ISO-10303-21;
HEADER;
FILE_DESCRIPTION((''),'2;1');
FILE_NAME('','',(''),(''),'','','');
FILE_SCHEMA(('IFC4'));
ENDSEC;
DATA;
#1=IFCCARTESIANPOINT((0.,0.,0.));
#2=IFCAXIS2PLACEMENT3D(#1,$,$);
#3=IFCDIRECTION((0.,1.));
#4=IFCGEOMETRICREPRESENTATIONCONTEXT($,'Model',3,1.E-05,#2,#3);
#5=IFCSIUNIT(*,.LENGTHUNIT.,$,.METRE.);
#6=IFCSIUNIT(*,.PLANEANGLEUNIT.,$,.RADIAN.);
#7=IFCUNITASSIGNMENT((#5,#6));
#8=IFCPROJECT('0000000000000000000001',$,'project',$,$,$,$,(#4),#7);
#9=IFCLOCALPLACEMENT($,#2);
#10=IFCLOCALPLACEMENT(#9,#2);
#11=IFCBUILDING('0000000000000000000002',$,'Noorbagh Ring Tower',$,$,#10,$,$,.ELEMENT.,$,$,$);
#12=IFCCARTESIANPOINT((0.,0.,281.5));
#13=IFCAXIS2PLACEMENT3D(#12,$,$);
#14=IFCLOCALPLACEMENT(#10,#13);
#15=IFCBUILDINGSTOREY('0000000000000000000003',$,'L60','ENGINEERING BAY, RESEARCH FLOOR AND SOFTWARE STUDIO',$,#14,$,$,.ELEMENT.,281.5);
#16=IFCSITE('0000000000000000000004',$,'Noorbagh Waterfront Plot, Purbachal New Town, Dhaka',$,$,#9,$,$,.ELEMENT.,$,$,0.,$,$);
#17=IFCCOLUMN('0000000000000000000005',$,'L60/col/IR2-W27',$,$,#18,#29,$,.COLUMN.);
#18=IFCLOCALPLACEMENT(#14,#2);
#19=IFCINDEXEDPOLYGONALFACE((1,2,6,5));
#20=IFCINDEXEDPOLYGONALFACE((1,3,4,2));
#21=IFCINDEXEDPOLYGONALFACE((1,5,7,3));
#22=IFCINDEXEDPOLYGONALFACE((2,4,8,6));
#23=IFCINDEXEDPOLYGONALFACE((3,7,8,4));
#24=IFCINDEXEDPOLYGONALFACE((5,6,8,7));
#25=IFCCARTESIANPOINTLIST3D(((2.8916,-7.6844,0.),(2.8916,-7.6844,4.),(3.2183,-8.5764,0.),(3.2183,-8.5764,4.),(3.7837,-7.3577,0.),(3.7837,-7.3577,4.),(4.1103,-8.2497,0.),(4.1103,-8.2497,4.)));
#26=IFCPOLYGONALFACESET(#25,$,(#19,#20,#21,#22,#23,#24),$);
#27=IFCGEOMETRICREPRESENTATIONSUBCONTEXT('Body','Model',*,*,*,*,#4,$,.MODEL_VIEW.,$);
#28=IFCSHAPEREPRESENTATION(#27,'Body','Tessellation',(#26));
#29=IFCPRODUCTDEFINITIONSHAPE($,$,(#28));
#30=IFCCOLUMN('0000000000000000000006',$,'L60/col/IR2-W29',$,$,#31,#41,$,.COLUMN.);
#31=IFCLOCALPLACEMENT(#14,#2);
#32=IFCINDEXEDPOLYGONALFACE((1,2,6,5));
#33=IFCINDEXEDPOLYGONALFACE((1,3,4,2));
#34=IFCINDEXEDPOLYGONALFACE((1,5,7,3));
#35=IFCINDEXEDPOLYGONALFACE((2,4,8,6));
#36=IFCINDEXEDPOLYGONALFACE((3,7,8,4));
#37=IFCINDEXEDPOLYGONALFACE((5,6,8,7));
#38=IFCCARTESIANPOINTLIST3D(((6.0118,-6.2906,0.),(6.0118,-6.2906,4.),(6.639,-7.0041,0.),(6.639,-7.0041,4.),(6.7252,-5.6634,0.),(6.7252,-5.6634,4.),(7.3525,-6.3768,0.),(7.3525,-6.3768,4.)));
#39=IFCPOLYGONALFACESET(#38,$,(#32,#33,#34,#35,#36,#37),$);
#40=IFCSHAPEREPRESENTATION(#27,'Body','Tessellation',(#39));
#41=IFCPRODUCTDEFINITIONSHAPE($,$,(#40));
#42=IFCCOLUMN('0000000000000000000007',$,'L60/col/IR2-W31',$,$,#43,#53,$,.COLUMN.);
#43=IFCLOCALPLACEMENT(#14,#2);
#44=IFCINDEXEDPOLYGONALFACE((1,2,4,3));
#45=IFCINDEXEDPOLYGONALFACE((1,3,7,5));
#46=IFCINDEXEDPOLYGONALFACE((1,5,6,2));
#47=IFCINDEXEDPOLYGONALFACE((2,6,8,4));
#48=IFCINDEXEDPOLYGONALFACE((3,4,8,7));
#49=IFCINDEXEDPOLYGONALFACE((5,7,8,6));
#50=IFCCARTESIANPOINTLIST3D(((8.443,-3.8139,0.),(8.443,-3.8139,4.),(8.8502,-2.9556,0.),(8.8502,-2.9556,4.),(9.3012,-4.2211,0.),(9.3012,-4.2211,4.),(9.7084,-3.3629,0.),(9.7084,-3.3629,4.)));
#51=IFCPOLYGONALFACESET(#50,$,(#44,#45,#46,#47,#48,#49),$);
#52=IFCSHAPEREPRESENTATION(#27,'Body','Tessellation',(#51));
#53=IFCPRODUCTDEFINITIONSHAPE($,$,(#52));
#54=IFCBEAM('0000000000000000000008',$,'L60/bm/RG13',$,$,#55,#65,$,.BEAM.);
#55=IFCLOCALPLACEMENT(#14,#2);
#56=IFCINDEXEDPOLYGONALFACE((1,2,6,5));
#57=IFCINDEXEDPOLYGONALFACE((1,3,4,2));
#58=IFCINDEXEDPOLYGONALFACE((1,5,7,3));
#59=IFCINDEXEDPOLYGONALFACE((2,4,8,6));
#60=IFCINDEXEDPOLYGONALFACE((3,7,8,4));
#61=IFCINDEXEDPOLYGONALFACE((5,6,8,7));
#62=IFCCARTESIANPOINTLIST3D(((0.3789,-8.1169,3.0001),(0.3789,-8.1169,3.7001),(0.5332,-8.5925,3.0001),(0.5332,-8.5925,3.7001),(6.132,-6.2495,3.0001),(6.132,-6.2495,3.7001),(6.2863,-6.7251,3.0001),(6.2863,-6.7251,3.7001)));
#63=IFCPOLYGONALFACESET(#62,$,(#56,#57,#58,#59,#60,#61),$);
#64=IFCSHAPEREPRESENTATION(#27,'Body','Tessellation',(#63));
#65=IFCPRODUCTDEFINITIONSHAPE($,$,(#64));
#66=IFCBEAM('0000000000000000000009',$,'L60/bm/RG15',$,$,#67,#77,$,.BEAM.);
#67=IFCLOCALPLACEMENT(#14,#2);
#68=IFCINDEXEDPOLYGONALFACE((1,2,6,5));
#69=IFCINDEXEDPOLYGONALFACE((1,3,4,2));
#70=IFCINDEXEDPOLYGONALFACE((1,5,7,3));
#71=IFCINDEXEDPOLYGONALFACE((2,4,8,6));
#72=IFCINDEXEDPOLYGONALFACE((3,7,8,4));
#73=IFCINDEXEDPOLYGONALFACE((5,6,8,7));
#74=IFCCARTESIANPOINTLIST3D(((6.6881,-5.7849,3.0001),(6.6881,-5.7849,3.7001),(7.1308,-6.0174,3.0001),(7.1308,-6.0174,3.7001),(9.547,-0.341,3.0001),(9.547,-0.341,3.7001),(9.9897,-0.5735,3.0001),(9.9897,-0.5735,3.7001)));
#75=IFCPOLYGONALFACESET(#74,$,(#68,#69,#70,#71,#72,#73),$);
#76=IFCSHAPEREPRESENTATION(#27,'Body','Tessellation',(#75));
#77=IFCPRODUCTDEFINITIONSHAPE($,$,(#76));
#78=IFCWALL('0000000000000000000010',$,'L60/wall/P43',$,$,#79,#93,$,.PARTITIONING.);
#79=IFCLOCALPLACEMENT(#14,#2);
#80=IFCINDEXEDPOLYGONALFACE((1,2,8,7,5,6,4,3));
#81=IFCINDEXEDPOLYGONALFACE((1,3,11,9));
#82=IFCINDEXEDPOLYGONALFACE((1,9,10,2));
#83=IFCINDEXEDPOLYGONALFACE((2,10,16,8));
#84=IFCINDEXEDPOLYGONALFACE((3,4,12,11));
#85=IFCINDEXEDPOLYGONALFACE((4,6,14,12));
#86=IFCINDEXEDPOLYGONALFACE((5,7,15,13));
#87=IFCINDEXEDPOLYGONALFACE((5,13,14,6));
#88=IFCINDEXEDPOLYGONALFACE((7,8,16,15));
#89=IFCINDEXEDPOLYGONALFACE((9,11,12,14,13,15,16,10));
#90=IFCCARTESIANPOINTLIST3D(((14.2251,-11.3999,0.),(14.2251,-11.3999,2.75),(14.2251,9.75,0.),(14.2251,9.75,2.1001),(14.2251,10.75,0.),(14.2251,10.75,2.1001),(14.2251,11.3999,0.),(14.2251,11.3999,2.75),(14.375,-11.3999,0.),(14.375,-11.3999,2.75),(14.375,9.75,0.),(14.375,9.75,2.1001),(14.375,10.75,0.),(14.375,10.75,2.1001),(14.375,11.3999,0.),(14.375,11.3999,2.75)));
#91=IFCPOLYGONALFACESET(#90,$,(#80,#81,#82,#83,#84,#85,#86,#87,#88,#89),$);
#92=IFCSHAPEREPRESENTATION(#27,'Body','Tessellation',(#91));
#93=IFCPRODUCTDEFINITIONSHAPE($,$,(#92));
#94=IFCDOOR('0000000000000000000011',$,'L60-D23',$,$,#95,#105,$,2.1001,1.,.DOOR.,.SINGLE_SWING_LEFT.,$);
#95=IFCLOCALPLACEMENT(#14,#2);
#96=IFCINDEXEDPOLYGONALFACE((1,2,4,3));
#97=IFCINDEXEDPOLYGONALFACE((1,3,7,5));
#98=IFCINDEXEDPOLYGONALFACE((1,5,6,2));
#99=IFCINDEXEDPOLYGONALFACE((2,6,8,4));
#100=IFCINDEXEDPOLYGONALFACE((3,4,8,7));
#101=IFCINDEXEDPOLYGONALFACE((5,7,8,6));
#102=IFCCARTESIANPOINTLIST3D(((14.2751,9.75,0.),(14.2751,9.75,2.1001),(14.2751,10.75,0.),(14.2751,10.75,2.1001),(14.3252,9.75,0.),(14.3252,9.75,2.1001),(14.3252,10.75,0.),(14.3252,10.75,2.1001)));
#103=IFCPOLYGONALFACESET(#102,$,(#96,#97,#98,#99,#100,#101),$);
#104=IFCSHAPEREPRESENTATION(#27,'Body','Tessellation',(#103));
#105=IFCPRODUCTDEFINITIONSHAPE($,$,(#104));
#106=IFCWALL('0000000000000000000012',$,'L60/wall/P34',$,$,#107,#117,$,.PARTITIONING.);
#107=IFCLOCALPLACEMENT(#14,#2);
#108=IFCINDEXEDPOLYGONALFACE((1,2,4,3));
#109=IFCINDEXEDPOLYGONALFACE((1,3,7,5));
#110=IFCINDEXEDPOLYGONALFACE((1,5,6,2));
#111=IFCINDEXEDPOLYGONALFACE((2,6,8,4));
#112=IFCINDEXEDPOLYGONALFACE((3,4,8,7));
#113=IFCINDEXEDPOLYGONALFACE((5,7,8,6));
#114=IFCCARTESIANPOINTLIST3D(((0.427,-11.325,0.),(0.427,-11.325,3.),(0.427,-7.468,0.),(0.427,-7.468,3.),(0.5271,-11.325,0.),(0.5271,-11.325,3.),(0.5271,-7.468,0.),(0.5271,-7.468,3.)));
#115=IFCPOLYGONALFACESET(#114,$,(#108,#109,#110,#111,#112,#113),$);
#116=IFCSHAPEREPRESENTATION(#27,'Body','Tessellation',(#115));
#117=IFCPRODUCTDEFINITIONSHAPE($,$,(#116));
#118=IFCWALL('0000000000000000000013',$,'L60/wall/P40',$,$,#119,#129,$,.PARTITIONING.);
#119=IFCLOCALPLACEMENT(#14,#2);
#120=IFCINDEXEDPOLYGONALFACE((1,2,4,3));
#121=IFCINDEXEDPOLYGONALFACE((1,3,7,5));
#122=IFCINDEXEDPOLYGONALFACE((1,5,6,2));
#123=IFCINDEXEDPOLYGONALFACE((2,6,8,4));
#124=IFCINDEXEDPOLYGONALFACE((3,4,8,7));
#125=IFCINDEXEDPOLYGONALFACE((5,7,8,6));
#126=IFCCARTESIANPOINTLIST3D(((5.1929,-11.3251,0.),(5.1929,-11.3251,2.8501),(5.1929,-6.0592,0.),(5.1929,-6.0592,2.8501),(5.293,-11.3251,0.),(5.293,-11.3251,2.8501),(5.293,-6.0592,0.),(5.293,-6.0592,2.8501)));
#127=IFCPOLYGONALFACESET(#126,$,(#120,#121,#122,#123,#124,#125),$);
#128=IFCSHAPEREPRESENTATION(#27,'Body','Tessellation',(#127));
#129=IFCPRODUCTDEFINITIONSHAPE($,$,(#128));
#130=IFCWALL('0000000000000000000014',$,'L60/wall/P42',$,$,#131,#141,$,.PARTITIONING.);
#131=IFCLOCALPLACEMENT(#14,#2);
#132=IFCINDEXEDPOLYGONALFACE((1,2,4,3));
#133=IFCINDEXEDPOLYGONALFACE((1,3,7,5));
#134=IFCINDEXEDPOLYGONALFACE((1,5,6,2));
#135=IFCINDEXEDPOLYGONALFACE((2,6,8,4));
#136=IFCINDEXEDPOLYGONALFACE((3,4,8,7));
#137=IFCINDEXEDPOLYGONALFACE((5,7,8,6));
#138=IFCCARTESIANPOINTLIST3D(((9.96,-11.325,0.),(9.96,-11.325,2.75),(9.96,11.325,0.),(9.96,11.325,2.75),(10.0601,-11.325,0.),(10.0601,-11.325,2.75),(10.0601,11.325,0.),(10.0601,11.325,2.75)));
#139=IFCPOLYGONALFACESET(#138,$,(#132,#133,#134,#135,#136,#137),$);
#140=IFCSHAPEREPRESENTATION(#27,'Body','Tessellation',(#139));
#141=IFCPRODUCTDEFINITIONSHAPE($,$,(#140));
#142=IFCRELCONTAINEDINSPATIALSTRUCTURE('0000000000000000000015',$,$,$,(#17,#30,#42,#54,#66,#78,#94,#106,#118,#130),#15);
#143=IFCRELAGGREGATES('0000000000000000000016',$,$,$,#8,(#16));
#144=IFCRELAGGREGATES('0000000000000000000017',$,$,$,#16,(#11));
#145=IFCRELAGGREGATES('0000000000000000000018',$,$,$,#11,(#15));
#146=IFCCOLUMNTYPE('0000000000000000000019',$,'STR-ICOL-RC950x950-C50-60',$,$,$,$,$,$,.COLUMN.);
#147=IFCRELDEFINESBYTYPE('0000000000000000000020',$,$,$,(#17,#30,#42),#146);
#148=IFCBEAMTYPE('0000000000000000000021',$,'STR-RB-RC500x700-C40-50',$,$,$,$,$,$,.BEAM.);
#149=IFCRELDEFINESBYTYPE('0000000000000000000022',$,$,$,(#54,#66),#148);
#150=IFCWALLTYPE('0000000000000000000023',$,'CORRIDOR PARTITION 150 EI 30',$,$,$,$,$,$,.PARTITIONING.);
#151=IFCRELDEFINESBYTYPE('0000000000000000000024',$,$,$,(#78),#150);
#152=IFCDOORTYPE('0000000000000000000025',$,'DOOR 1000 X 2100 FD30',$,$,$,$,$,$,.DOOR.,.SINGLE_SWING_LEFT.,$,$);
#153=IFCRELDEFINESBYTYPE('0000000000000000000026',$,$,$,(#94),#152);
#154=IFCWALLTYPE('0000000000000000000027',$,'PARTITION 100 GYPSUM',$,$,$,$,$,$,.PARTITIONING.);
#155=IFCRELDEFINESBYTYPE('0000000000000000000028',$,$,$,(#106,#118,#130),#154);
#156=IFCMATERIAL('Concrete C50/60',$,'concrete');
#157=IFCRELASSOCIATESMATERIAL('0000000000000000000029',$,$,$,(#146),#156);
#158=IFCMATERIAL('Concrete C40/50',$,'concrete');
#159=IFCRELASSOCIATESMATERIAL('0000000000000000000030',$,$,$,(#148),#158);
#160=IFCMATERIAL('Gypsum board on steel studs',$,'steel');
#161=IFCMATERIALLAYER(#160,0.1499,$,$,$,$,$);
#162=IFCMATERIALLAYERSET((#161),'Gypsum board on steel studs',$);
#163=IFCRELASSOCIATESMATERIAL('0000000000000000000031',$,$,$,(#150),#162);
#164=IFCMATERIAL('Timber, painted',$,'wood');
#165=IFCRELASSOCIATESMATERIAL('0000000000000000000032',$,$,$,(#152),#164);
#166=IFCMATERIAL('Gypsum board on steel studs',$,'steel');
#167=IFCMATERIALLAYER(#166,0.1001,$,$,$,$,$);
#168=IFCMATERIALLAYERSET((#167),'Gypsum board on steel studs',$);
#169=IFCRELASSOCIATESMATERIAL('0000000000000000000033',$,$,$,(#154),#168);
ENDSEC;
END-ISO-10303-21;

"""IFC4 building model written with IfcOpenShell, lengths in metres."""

from ifc_helpers import new_model, si_unit, direction, frame, frame_2d, origin, origin_2d, place, context, subcontext, project, spatial, rectangle, extrude, material, layer, layer_set, material_profile, profile_set, type_object, element, fill, save


model = new_model("IFC4")

# Units and contexts
model_context = context("Model", 3, precision=1e-05, world=origin(), true_north=direction((0.0, 1.0)))
body_context = subcontext(model_context, "Body", "Model", "MODEL_VIEW")
ifc_project = project(units=[si_unit("LENGTHUNIT", "METRE"), si_unit("PLANEANGLEUNIT", "RADIAN")], contexts=[model_context])

# Site, building, storey
site_placement = place(None, origin())
site = spatial("IfcSite", under=ifc_project, at=site_placement, Name="Noorbagh Waterfront Plot, Purbachal New Town, Dhaka", CompositionType="ELEMENT", RefElevation=0.0)
building_placement = place(site_placement, origin())
building = spatial("IfcBuilding", under=site, at=building_placement, Name="Noorbagh Ring Tower", CompositionType="ELEMENT")
storey_placement = place(building_placement, frame((0.0, 0.0, 281.5)))
storey = spatial("IfcBuildingStorey", under=building, at=storey_placement, Name="L60", Description="ENGINEERING BAY, RESEARCH FLOOR AND SOFTWARE STUDIO", CompositionType="ELEMENT", Elevation=281.5)

# Columns
ifc_material_1 = material(Name="Concrete C50/60", Category="concrete")
ifc_material_profile_1 = material_profile(ifc_material_1, rectangle(XDim=0.95, YDim=0.95, at=origin_2d()), Name="RC950x950")
ifc_profile_set_1 = profile_set([ifc_material_profile_1], Name="Concrete C50/60")
column_type = type_object("IfcColumnType", Name="STR-ICOL-RC950x950-C50-60", PredefinedType="COLUMN", material=ifc_profile_set_1)
for number, where, z_axis, x_axis, name in (
    (1, (3.501, -7.967, 0.0), (0.0, 0.0, 1.0), (0.93902, 0.343864, 0.0), "L60/col/IR2-W27"),
    (2, (6.6821, -6.3337, 0.0), (0.0, 0.0, 1.0), (0.751022, 0.660277, 0.0), "L60/col/IR2-W29"),
    (3, (9.0757, -3.5884, 0.0), (0.0, 0.0, 1.0), (0.428667, 0.903463, 0.0), "L60/col/IR2-W31"),
):
    element("IfcColumn", number, at=place(storey_placement, frame(where, z_axis=z_axis, x_axis=x_axis)), inside=storey, type_object=column_type, Name=name, PredefinedType="COLUMN", context=body_context, shape_type="SweptSolid", body=[
        extrude(rectangle(XDim=0.95, YDim=0.95, at=origin_2d()), origin(), (0.0, 0.0, 1.0), 4.0),
    ])

# Beams
ifc_material_2 = material(Name="Concrete C40/50", Category="concrete")
ifc_material_profile_2 = material_profile(ifc_material_2, rectangle(XDim=0.5, YDim=0.7, at=origin_2d()), Name="RC500x700")
ifc_profile_set_2 = profile_set([ifc_material_profile_2], Name="Concrete C40/50")
beam_type = type_object("IfcBeamType", Name="STR-RB-RC500x700-C40-50", PredefinedType="BEAM", material=ifc_profile_set_2)
beam_1_placement = place(storey_placement, frame((0.4561, -8.3547, 3.3501), z_axis=(0.951148, 0.308735, 0.0), x_axis=(-0.308735, 0.951148, 0.0)))
element("IfcBeam", 4, at=beam_1_placement, inside=storey, type_object=beam_type, Name="L60/bm/RG13", PredefinedType="BEAM", context=body_context, shape_type="SweptSolid", body=[
    extrude(rectangle(XDim=0.5, YDim=0.7, at=origin_2d()), origin(), (0.0, 0.0, 1.0), 6.0486),
])
beam_2_placement = place(storey_placement, frame((6.9094, -5.9011, 3.3501), z_axis=(0.464944, 0.88534, 0.0), x_axis=(-0.88534, 0.464944, 0.0)))
element("IfcBeam", 5, at=beam_2_placement, inside=storey, type_object=beam_type, Name="L60/bm/RG15", PredefinedType="BEAM", context=body_context, shape_type="SweptSolid", body=[
    extrude(rectangle(XDim=0.5, YDim=0.7, at=origin_2d()), origin(), (0.0, 0.0, 1.0), 6.1489),
])

# Wall, opening, door
ifc_material_3 = material(Name="Gypsum board on steel studs", Category="steel")
ifc_layer_1 = layer(ifc_material_3, 0.1499)
ifc_layer_set_1 = layer_set([ifc_layer_1], Name="Gypsum board on steel studs")
wall_type_1 = type_object("IfcWallType", Name="CORRIDOR PARTITION 150 EI 30", PredefinedType="PARTITIONING", material=ifc_layer_set_1)
wall_1_placement = place(storey_placement, frame((14.3, -11.3999, 0.0), z_axis=(0.0, 0.0, 1.0), x_axis=(0.0, 1.0, 0.0)))
wall_1 = element("IfcWall", 6, at=wall_1_placement, inside=storey, type_object=wall_type_1, Name="L60/wall/P43", PredefinedType="PARTITIONING", context=body_context, shape_type="SweptSolid", body=[
    extrude(rectangle(XDim=22.7998, YDim=0.1499, at=frame_2d((11.3999, 0.0))), origin(), (0.0, 0.0, 1.0), 2.75),
])
opening_placement = place(wall_1_placement, frame((21.1499, 0.0, 0.0)))
opening = element("IfcOpeningElement", 7, at=opening_placement, cuts=wall_1, PredefinedType="OPENING", context=body_context, shape_type="SweptSolid", body=[
    extrude(rectangle(XDim=1.0, YDim=2.1001, at=frame_2d((0.5, 1.05))), frame((0.0, 0.085, 0.0), z_axis=(0.0, -1.0, 0.0), x_axis=(1.0, 0.0, 0.0)), (0.0, 0.0, 1.0), 0.1699),
])
ifc_material_4 = material(Name="Timber, painted", Category="wood")
door_type = type_object("IfcDoorType", Name="DOOR 1000 X 2100 FD30", OperationType="SINGLE_SWING_LEFT", PredefinedType="DOOR", material=ifc_material_4)
door_placement = place(opening_placement, origin())
door = element("IfcDoor", 8, at=door_placement, inside=storey, type_object=door_type, Name="L60-D23", OperationType="SINGLE_SWING_LEFT", OverallHeight=2.1001, OverallWidth=1.0, PredefinedType="DOOR", context=body_context, shape_type="SweptSolid", body=[
    extrude(rectangle(XDim=1.0, YDim=2.1001, at=frame_2d((0.5, 1.05))), frame((0.0, 0.0249, 0.0), z_axis=(0.0, -1.0, 0.0), x_axis=(1.0, 0.0, 0.0)), (0.0, 0.0, 1.0), 0.05),
])
fill(opening, door)

# Walls
ifc_material_5 = material(Name="Gypsum board on steel studs", Category="steel")
ifc_layer_2 = layer(ifc_material_5, 0.1001)
ifc_layer_set_2 = layer_set([ifc_layer_2], Name="Gypsum board on steel studs")
wall_type_2 = type_object("IfcWallType", Name="PARTITION 100 GYPSUM", PredefinedType="PARTITIONING", material=ifc_layer_set_2)
wall_2_placement = place(storey_placement, frame((0.4771, -11.325, 0.0), z_axis=(0.0, 0.0, 1.0), x_axis=(0.0, 1.0, 0.0)))
element("IfcWall", 9, at=wall_2_placement, inside=storey, type_object=wall_type_2, Name="L60/wall/P34", PredefinedType="PARTITIONING", context=body_context, shape_type="SweptSolid", body=[
    extrude(rectangle(XDim=3.8569, YDim=0.1001, at=frame_2d((1.9285, 0.0))), origin(), (0.0, 0.0, 1.0), 3.0),
])
wall_3_placement = place(storey_placement, frame((5.2429, -11.325, 0.0), z_axis=(0.0, 0.0, 1.0), x_axis=(0.0, 1.0, 0.0)))
element("IfcWall", 10, at=wall_3_placement, inside=storey, type_object=wall_type_2, Name="L60/wall/P40", PredefinedType="PARTITIONING", context=body_context, shape_type="SweptSolid", body=[
    extrude(rectangle(XDim=5.2659, YDim=0.1001, at=frame_2d((2.6328, 0.0))), origin(), (0.0, 0.0, 1.0), 2.8501),
])
wall_4_placement = place(storey_placement, frame((10.01, -11.325, 0.0), z_axis=(0.0, 0.0, 1.0), x_axis=(0.0, 1.0, 0.0)))
element("IfcWall", 11, at=wall_4_placement, inside=storey, type_object=wall_type_2, Name="L60/wall/P42", PredefinedType="PARTITIONING", context=body_context, shape_type="SweptSolid", body=[
    extrude(rectangle(XDim=22.6499, YDim=0.1001, at=frame_2d((11.325, 0.0))), origin(), (0.0, 0.0, 1.0), 2.75),
])

save(model, "model.ifc")
